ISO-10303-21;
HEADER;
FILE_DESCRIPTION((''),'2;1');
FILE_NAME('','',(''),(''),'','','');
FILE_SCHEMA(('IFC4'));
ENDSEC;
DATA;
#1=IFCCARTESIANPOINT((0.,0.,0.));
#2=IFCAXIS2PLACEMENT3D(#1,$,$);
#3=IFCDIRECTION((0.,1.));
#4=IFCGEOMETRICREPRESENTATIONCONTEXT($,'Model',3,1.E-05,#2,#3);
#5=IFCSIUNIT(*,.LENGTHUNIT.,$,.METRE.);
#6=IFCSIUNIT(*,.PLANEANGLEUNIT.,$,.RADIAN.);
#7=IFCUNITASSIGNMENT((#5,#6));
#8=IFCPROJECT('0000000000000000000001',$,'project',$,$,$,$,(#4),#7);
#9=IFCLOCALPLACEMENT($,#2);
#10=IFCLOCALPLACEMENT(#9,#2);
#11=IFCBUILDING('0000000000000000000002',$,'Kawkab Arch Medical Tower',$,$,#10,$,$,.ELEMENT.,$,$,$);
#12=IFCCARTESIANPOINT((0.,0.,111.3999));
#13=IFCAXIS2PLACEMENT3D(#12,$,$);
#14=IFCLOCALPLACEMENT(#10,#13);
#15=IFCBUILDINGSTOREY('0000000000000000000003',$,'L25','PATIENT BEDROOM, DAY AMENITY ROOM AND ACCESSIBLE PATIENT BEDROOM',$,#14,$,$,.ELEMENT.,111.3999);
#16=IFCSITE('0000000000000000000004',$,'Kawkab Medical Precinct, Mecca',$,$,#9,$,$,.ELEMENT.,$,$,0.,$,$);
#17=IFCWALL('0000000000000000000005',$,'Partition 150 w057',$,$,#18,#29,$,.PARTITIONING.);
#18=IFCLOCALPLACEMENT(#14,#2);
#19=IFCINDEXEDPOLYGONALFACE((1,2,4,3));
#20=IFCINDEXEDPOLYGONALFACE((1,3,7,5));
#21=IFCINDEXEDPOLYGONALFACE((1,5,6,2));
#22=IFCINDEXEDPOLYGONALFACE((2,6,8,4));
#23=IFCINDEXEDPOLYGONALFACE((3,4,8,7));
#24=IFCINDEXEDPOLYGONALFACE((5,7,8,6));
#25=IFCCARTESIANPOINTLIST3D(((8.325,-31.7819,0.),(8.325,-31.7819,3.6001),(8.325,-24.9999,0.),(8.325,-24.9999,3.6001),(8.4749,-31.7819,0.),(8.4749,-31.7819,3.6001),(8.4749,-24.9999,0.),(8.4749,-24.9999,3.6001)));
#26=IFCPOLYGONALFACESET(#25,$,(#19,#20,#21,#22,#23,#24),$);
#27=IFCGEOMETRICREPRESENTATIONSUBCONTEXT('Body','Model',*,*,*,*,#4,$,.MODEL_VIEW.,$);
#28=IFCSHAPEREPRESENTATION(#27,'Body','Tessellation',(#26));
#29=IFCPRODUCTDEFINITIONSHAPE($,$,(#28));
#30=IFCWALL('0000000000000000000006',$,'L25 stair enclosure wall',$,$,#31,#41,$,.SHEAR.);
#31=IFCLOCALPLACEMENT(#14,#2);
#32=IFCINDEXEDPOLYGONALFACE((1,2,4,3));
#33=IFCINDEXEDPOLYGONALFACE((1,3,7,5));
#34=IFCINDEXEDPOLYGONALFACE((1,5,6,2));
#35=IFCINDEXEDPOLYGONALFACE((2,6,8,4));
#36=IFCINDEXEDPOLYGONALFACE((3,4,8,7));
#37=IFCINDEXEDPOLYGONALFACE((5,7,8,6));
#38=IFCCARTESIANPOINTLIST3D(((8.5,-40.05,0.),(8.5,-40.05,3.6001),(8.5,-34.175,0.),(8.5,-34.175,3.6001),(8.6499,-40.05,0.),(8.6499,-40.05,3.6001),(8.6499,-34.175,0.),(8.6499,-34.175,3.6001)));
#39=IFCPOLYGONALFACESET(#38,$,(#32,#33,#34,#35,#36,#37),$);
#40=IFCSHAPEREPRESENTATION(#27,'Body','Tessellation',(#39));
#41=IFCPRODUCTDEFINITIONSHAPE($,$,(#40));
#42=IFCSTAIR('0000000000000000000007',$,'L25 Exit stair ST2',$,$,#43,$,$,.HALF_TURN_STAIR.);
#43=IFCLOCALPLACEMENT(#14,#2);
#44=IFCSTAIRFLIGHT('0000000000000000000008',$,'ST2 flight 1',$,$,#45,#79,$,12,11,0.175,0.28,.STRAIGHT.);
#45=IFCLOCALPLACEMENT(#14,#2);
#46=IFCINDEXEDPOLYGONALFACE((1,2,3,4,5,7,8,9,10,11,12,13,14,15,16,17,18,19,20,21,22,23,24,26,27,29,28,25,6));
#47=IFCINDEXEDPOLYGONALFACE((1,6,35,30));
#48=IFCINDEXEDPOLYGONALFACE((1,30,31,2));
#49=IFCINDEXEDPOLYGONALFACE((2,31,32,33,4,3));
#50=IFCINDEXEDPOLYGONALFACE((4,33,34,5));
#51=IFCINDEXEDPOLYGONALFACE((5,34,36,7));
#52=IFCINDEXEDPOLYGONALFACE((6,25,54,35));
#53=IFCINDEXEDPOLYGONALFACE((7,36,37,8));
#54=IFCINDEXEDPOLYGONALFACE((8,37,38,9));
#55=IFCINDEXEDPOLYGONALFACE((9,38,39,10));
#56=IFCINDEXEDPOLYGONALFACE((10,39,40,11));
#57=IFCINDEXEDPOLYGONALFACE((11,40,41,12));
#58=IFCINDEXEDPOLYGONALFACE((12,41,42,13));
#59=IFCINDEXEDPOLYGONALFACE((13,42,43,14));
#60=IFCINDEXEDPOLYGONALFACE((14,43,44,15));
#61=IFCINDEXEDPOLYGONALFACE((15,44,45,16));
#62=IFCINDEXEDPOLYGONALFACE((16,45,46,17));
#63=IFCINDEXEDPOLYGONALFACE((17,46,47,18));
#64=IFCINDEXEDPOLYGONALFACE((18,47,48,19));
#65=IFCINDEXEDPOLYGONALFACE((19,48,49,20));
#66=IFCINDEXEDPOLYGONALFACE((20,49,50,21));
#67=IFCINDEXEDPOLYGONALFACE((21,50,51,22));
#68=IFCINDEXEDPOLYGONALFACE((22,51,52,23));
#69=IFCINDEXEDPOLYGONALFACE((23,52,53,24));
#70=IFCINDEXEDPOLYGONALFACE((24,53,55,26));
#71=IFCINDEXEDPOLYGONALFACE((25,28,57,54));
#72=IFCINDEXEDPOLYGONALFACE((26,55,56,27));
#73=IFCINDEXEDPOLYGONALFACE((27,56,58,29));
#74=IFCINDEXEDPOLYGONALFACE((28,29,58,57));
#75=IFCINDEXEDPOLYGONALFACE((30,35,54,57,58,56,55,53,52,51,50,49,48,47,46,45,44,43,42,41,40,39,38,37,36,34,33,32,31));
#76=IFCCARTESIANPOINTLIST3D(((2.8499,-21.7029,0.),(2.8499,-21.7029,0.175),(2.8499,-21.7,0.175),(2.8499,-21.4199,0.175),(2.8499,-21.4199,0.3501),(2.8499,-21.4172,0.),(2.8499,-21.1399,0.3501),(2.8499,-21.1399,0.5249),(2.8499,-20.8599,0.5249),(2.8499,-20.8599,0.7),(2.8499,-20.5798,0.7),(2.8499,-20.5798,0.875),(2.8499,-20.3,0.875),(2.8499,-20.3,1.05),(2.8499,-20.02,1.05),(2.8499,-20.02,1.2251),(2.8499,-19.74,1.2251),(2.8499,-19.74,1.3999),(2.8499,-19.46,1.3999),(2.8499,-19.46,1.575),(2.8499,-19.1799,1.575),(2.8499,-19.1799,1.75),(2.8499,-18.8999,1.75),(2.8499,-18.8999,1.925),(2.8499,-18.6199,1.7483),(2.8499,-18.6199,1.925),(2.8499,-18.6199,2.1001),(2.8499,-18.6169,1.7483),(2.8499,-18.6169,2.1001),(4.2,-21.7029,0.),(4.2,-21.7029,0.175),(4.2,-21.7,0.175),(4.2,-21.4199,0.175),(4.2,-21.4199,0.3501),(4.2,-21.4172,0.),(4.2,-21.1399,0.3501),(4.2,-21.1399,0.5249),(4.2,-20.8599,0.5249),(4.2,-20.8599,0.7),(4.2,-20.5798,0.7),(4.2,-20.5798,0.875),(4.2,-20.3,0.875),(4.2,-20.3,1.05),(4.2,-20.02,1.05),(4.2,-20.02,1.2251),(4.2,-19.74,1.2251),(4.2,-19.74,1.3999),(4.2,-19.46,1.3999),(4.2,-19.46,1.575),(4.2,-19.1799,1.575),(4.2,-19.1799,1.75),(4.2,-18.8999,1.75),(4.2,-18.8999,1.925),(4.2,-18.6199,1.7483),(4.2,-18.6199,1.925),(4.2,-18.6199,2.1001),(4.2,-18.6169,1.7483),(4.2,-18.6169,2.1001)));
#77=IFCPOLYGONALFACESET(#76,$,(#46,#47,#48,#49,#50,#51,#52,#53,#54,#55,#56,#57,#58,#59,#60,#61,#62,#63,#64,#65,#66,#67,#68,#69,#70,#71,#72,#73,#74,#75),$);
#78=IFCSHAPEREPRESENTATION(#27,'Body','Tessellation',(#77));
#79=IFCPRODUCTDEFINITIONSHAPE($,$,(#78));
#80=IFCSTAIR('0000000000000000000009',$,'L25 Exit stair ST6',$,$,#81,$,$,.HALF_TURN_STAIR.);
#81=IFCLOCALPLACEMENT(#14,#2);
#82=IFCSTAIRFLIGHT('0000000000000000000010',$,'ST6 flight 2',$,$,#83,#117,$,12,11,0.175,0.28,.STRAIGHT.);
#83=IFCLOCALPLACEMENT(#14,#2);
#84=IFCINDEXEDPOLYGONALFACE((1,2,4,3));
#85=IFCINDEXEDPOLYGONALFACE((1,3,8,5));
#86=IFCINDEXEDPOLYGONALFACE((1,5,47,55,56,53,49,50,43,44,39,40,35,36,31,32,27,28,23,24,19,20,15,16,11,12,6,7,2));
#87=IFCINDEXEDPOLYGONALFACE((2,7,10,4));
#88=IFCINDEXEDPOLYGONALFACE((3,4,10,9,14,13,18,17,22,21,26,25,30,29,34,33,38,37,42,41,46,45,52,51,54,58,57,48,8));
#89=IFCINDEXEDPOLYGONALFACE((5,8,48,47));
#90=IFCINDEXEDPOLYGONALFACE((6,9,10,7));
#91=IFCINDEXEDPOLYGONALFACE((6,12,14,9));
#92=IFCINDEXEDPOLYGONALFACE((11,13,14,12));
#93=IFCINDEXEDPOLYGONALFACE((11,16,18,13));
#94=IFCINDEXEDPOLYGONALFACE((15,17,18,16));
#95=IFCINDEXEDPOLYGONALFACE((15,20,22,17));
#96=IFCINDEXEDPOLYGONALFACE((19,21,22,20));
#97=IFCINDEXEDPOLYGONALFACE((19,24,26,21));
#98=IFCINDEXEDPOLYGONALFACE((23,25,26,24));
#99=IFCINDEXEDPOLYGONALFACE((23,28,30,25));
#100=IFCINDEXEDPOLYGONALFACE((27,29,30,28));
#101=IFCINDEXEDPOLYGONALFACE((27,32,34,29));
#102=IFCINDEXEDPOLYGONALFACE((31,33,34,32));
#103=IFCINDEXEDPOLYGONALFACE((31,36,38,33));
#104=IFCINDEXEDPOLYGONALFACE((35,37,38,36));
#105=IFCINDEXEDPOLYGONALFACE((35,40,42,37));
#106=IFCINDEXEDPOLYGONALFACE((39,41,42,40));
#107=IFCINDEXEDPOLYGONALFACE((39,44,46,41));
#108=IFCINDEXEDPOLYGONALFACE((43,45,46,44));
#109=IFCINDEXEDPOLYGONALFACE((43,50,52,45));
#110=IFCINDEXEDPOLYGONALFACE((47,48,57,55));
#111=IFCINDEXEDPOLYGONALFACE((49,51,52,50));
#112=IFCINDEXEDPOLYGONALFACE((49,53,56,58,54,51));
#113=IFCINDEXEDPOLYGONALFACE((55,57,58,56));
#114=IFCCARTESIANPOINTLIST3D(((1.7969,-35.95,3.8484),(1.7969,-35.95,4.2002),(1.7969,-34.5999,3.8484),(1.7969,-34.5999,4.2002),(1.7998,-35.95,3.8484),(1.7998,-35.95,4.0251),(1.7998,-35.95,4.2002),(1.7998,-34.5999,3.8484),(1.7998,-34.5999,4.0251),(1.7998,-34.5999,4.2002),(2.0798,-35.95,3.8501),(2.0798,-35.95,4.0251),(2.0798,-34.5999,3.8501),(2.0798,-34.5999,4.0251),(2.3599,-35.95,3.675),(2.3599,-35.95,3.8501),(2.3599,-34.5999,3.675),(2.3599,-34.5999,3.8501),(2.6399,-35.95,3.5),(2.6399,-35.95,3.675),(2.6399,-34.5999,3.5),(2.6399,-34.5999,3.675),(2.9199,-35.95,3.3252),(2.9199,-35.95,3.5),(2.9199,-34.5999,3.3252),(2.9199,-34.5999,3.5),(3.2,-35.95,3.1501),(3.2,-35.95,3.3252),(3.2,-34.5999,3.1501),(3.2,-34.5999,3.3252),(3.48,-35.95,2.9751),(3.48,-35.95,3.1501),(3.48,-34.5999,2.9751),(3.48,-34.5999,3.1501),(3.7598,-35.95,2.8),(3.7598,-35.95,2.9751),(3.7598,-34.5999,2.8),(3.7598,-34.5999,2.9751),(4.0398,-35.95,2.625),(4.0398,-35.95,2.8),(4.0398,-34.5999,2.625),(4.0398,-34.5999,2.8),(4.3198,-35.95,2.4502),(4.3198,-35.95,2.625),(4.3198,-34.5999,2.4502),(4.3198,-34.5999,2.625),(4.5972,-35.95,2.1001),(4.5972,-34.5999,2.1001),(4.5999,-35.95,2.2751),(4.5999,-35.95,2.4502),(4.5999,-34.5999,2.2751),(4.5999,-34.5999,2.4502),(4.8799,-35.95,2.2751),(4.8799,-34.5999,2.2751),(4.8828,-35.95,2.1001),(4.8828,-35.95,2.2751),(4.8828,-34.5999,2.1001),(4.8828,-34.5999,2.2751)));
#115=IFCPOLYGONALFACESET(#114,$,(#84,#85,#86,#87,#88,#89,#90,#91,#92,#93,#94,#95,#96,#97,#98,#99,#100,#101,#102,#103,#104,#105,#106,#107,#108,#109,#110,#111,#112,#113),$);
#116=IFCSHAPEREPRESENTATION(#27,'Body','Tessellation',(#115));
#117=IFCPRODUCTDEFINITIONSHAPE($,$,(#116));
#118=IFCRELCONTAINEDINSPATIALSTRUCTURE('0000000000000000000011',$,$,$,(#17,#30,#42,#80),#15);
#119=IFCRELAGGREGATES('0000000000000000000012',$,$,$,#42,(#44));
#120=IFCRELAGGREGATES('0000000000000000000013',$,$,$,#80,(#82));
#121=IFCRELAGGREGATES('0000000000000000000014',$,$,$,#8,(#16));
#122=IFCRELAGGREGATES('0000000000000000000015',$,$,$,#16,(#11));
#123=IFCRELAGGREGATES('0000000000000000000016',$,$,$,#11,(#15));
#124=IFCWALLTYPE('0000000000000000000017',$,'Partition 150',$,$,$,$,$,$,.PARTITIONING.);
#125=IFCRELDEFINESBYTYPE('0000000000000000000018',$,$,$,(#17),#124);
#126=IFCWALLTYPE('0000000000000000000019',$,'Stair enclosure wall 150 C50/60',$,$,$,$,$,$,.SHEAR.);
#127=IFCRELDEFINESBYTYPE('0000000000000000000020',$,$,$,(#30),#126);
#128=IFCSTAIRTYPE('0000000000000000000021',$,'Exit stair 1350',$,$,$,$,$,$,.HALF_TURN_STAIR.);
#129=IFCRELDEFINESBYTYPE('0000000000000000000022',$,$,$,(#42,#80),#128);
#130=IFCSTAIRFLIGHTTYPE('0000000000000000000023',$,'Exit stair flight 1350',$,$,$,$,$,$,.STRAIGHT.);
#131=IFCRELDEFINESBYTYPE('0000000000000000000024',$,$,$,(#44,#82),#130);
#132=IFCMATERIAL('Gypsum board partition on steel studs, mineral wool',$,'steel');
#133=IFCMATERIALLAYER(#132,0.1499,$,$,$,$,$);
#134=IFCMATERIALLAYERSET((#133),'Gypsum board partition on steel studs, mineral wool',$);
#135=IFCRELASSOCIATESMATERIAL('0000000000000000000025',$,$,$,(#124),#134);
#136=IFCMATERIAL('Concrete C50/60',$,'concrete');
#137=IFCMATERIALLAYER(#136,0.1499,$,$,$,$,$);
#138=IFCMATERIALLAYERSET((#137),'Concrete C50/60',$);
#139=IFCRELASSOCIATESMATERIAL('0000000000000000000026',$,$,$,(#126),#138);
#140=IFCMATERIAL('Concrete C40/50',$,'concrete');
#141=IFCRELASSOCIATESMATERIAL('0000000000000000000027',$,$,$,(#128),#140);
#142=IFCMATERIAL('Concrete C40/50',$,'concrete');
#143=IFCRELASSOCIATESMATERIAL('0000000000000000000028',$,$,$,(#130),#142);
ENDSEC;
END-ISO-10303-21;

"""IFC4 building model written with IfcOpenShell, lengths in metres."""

from ifc_helpers import new_model, si_unit, direction, frame, frame_2d, origin, place, context, subcontext, project, spatial, polyline, rectangle, outline, extrude, material, layer, layer_set, type_object, element, aggregate, save


model = new_model("IFC4")

# Units and contexts
model_context = context("Model", 3, precision=1e-05, world=origin(), true_north=direction((0.0, 1.0)))
body_context = subcontext(model_context, "Body", "Model", "MODEL_VIEW")
ifc_project = project(units=[si_unit("LENGTHUNIT", "METRE"), si_unit("PLANEANGLEUNIT", "RADIAN")], contexts=[model_context])

# Site, building, storey
site_placement = place(None, origin())
site = spatial("IfcSite", under=ifc_project, at=site_placement, Name="Kawkab Medical Precinct, Mecca", CompositionType="ELEMENT", RefElevation=0.0)
building_placement = place(site_placement, origin())
building = spatial("IfcBuilding", under=site, at=building_placement, Name="Kawkab Arch Medical Tower", CompositionType="ELEMENT")
storey_placement = place(building_placement, frame((0.0, 0.0, 111.3999)))
storey = spatial("IfcBuildingStorey", under=building, at=storey_placement, Name="L25", Description="PATIENT BEDROOM, DAY AMENITY ROOM AND ACCESSIBLE PATIENT BEDROOM", CompositionType="ELEMENT", Elevation=111.3999)

# Walls
ifc_material_1 = material(Name="Gypsum board partition on steel studs, mineral wool", Category="steel")
ifc_layer_1 = layer(ifc_material_1, 0.1499)
ifc_layer_set_1 = layer_set([ifc_layer_1], Name="Gypsum board partition on steel studs, mineral wool")
wall_type_1 = type_object("IfcWallType", Name="Partition 150", PredefinedType="PARTITIONING", material=ifc_layer_set_1)
wall_1_placement = place(storey_placement, frame((8.3999, -31.782, 0.0), z_axis=(0.0, 0.0, 1.0), x_axis=(0.0, 1.0, 0.0)))
element("IfcWall", 1, at=wall_1_placement, inside=storey, type_object=wall_type_1, Name="Partition 150 w057", PredefinedType="PARTITIONING", context=body_context, shape_type="SweptSolid", body=[
    extrude(rectangle(XDim=6.782, YDim=0.1499, at=frame_2d((3.3911, 0.0))), origin(), (0.0, 0.0, 1.0), 3.6001),
])
ifc_material_2 = material(Name="Concrete C50/60", Category="concrete")
ifc_layer_2 = layer(ifc_material_2, 0.1499)
ifc_layer_set_2 = layer_set([ifc_layer_2], Name="Concrete C50/60")
wall_type_2 = type_object("IfcWallType", Name="Stair enclosure wall 150 C50/60", PredefinedType="SHEAR", material=ifc_layer_set_2)
wall_2_placement = place(storey_placement, frame((8.575, -40.05, 0.0), z_axis=(0.0, 0.0, 1.0), x_axis=(0.0, 1.0, 0.0)))
element("IfcWall", 2, at=wall_2_placement, inside=storey, type_object=wall_type_2, Name="L25 stair enclosure wall", PredefinedType="SHEAR", context=body_context, shape_type="SweptSolid", body=[
    extrude(rectangle(XDim=5.875, YDim=0.1499, at=frame_2d((2.9375, 0.0))), origin(), (0.0, 0.0, 1.0), 3.6001),
])

# Stairs, stair flights
ifc_material_3 = material(Name="Concrete C40/50", Category="concrete")
stair_type = type_object("IfcStairType", Name="Exit stair 1350", PredefinedType="HALF_TURN_STAIR", material=ifc_material_3)
placement = place(storey_placement, origin())
stair_1 = element("IfcStair", 3, at=placement, inside=storey, type_object=stair_type, Name="L25 Exit stair ST2", PredefinedType="HALF_TURN_STAIR")
ifc_material_4 = material(Name="Concrete C40/50", Category="concrete")
stair_flight_type = type_object("IfcStairFlightType", Name="Exit stair flight 1350", PredefinedType="STRAIGHT", material=ifc_material_4)
stair_flight_1_placement = place(storey_placement, frame((3.5249, -21.7, 0.0), z_axis=(0.0, 0.0, 1.0), x_axis=(0.0, 1.0, 0.0)))
stair_flight_1 = element("IfcStairFlight", 4, at=stair_flight_1_placement, type_object=stair_flight_type, Name="ST2 flight 1", NumberOfRisers=12, NumberOfTreads=11, PredefinedType="STRAIGHT", RiserHeight=0.175, TreadLength=0.28, context=body_context, shape_type="SweptSolid", body=[
    extrude(outline(polyline([(-0.0029, 0.0), (-0.0029, 0.175), (0.0, 0.175), (0.28, 0.175), (0.28, 0.3501), (0.5601, 0.3501), (0.5601, 0.5249), (0.8401, 0.5249), (0.8401, 0.7), (1.1201, 0.7), (1.1201, 0.875), (1.3999, 0.875), (1.3999, 1.05), (1.6799, 1.05), (1.6799, 1.2251), (1.96, 1.2251), (1.96, 1.3999), (2.24, 1.3999), (2.24, 1.575), (2.52, 1.575), (2.52, 1.75), (2.8, 1.75), (2.8, 1.925), (3.0801, 1.925), (3.0801, 2.1001), (3.083, 2.1001), (3.083, 1.7483), (3.0801, 1.7483), (0.2827, 0.0), (-0.0029, 0.0)])), frame((0.0, 0.675, 0.0), z_axis=(0.0, -1.0, 0.0), x_axis=(1.0, 0.0, 0.0)), (0.0, 0.0, 1.0), 1.3501),
])
aggregate(stair_1, [stair_flight_1])
stair_2 = element("IfcStair", 5, at=placement, inside=storey, type_object=stair_type, Name="L25 Exit stair ST6", PredefinedType="HALF_TURN_STAIR")
stair_flight_2_placement = place(storey_placement, frame((4.8799, -35.2749, 2.1001), z_axis=(0.0, 0.0, 1.0), x_axis=(-1.0, 0.0, 0.0)))
stair_flight_2 = element("IfcStairFlight", 6, at=stair_flight_2_placement, type_object=stair_flight_type, Name="ST6 flight 2", NumberOfRisers=12, NumberOfTreads=11, PredefinedType="STRAIGHT", RiserHeight=0.175, TreadLength=0.28, context=body_context, shape_type="SweptSolid", body=[
    extrude(outline(polyline([(-0.0029, 0.0), (-0.0029, 0.175), (0.0, 0.175), (0.28, 0.175), (0.28, 0.3501), (0.5601, 0.3501), (0.5601, 0.5249), (0.8401, 0.5249), (0.8401, 0.7), (1.1201, 0.7), (1.1201, 0.875), (1.3999, 0.875), (1.3999, 1.05), (1.6799, 1.05), (1.6799, 1.2251), (1.96, 1.2251), (1.96, 1.3999), (2.24, 1.3999), (2.24, 1.575), (2.52, 1.575), (2.52, 1.75), (2.8, 1.75), (2.8, 1.925), (3.0801, 1.925), (3.0801, 2.1001), (3.083, 2.1001), (3.083, 1.7483), (3.0801, 1.7483), (0.2827, 0.0), (-0.0029, 0.0)])), frame((0.0, 0.675, 0.0), z_axis=(0.0, -1.0, 0.0), x_axis=(1.0, 0.0, 0.0)), (0.0, 0.0, 1.0), 1.3501),
])
aggregate(stair_2, [stair_flight_2])

save(model, "model.ifc")
